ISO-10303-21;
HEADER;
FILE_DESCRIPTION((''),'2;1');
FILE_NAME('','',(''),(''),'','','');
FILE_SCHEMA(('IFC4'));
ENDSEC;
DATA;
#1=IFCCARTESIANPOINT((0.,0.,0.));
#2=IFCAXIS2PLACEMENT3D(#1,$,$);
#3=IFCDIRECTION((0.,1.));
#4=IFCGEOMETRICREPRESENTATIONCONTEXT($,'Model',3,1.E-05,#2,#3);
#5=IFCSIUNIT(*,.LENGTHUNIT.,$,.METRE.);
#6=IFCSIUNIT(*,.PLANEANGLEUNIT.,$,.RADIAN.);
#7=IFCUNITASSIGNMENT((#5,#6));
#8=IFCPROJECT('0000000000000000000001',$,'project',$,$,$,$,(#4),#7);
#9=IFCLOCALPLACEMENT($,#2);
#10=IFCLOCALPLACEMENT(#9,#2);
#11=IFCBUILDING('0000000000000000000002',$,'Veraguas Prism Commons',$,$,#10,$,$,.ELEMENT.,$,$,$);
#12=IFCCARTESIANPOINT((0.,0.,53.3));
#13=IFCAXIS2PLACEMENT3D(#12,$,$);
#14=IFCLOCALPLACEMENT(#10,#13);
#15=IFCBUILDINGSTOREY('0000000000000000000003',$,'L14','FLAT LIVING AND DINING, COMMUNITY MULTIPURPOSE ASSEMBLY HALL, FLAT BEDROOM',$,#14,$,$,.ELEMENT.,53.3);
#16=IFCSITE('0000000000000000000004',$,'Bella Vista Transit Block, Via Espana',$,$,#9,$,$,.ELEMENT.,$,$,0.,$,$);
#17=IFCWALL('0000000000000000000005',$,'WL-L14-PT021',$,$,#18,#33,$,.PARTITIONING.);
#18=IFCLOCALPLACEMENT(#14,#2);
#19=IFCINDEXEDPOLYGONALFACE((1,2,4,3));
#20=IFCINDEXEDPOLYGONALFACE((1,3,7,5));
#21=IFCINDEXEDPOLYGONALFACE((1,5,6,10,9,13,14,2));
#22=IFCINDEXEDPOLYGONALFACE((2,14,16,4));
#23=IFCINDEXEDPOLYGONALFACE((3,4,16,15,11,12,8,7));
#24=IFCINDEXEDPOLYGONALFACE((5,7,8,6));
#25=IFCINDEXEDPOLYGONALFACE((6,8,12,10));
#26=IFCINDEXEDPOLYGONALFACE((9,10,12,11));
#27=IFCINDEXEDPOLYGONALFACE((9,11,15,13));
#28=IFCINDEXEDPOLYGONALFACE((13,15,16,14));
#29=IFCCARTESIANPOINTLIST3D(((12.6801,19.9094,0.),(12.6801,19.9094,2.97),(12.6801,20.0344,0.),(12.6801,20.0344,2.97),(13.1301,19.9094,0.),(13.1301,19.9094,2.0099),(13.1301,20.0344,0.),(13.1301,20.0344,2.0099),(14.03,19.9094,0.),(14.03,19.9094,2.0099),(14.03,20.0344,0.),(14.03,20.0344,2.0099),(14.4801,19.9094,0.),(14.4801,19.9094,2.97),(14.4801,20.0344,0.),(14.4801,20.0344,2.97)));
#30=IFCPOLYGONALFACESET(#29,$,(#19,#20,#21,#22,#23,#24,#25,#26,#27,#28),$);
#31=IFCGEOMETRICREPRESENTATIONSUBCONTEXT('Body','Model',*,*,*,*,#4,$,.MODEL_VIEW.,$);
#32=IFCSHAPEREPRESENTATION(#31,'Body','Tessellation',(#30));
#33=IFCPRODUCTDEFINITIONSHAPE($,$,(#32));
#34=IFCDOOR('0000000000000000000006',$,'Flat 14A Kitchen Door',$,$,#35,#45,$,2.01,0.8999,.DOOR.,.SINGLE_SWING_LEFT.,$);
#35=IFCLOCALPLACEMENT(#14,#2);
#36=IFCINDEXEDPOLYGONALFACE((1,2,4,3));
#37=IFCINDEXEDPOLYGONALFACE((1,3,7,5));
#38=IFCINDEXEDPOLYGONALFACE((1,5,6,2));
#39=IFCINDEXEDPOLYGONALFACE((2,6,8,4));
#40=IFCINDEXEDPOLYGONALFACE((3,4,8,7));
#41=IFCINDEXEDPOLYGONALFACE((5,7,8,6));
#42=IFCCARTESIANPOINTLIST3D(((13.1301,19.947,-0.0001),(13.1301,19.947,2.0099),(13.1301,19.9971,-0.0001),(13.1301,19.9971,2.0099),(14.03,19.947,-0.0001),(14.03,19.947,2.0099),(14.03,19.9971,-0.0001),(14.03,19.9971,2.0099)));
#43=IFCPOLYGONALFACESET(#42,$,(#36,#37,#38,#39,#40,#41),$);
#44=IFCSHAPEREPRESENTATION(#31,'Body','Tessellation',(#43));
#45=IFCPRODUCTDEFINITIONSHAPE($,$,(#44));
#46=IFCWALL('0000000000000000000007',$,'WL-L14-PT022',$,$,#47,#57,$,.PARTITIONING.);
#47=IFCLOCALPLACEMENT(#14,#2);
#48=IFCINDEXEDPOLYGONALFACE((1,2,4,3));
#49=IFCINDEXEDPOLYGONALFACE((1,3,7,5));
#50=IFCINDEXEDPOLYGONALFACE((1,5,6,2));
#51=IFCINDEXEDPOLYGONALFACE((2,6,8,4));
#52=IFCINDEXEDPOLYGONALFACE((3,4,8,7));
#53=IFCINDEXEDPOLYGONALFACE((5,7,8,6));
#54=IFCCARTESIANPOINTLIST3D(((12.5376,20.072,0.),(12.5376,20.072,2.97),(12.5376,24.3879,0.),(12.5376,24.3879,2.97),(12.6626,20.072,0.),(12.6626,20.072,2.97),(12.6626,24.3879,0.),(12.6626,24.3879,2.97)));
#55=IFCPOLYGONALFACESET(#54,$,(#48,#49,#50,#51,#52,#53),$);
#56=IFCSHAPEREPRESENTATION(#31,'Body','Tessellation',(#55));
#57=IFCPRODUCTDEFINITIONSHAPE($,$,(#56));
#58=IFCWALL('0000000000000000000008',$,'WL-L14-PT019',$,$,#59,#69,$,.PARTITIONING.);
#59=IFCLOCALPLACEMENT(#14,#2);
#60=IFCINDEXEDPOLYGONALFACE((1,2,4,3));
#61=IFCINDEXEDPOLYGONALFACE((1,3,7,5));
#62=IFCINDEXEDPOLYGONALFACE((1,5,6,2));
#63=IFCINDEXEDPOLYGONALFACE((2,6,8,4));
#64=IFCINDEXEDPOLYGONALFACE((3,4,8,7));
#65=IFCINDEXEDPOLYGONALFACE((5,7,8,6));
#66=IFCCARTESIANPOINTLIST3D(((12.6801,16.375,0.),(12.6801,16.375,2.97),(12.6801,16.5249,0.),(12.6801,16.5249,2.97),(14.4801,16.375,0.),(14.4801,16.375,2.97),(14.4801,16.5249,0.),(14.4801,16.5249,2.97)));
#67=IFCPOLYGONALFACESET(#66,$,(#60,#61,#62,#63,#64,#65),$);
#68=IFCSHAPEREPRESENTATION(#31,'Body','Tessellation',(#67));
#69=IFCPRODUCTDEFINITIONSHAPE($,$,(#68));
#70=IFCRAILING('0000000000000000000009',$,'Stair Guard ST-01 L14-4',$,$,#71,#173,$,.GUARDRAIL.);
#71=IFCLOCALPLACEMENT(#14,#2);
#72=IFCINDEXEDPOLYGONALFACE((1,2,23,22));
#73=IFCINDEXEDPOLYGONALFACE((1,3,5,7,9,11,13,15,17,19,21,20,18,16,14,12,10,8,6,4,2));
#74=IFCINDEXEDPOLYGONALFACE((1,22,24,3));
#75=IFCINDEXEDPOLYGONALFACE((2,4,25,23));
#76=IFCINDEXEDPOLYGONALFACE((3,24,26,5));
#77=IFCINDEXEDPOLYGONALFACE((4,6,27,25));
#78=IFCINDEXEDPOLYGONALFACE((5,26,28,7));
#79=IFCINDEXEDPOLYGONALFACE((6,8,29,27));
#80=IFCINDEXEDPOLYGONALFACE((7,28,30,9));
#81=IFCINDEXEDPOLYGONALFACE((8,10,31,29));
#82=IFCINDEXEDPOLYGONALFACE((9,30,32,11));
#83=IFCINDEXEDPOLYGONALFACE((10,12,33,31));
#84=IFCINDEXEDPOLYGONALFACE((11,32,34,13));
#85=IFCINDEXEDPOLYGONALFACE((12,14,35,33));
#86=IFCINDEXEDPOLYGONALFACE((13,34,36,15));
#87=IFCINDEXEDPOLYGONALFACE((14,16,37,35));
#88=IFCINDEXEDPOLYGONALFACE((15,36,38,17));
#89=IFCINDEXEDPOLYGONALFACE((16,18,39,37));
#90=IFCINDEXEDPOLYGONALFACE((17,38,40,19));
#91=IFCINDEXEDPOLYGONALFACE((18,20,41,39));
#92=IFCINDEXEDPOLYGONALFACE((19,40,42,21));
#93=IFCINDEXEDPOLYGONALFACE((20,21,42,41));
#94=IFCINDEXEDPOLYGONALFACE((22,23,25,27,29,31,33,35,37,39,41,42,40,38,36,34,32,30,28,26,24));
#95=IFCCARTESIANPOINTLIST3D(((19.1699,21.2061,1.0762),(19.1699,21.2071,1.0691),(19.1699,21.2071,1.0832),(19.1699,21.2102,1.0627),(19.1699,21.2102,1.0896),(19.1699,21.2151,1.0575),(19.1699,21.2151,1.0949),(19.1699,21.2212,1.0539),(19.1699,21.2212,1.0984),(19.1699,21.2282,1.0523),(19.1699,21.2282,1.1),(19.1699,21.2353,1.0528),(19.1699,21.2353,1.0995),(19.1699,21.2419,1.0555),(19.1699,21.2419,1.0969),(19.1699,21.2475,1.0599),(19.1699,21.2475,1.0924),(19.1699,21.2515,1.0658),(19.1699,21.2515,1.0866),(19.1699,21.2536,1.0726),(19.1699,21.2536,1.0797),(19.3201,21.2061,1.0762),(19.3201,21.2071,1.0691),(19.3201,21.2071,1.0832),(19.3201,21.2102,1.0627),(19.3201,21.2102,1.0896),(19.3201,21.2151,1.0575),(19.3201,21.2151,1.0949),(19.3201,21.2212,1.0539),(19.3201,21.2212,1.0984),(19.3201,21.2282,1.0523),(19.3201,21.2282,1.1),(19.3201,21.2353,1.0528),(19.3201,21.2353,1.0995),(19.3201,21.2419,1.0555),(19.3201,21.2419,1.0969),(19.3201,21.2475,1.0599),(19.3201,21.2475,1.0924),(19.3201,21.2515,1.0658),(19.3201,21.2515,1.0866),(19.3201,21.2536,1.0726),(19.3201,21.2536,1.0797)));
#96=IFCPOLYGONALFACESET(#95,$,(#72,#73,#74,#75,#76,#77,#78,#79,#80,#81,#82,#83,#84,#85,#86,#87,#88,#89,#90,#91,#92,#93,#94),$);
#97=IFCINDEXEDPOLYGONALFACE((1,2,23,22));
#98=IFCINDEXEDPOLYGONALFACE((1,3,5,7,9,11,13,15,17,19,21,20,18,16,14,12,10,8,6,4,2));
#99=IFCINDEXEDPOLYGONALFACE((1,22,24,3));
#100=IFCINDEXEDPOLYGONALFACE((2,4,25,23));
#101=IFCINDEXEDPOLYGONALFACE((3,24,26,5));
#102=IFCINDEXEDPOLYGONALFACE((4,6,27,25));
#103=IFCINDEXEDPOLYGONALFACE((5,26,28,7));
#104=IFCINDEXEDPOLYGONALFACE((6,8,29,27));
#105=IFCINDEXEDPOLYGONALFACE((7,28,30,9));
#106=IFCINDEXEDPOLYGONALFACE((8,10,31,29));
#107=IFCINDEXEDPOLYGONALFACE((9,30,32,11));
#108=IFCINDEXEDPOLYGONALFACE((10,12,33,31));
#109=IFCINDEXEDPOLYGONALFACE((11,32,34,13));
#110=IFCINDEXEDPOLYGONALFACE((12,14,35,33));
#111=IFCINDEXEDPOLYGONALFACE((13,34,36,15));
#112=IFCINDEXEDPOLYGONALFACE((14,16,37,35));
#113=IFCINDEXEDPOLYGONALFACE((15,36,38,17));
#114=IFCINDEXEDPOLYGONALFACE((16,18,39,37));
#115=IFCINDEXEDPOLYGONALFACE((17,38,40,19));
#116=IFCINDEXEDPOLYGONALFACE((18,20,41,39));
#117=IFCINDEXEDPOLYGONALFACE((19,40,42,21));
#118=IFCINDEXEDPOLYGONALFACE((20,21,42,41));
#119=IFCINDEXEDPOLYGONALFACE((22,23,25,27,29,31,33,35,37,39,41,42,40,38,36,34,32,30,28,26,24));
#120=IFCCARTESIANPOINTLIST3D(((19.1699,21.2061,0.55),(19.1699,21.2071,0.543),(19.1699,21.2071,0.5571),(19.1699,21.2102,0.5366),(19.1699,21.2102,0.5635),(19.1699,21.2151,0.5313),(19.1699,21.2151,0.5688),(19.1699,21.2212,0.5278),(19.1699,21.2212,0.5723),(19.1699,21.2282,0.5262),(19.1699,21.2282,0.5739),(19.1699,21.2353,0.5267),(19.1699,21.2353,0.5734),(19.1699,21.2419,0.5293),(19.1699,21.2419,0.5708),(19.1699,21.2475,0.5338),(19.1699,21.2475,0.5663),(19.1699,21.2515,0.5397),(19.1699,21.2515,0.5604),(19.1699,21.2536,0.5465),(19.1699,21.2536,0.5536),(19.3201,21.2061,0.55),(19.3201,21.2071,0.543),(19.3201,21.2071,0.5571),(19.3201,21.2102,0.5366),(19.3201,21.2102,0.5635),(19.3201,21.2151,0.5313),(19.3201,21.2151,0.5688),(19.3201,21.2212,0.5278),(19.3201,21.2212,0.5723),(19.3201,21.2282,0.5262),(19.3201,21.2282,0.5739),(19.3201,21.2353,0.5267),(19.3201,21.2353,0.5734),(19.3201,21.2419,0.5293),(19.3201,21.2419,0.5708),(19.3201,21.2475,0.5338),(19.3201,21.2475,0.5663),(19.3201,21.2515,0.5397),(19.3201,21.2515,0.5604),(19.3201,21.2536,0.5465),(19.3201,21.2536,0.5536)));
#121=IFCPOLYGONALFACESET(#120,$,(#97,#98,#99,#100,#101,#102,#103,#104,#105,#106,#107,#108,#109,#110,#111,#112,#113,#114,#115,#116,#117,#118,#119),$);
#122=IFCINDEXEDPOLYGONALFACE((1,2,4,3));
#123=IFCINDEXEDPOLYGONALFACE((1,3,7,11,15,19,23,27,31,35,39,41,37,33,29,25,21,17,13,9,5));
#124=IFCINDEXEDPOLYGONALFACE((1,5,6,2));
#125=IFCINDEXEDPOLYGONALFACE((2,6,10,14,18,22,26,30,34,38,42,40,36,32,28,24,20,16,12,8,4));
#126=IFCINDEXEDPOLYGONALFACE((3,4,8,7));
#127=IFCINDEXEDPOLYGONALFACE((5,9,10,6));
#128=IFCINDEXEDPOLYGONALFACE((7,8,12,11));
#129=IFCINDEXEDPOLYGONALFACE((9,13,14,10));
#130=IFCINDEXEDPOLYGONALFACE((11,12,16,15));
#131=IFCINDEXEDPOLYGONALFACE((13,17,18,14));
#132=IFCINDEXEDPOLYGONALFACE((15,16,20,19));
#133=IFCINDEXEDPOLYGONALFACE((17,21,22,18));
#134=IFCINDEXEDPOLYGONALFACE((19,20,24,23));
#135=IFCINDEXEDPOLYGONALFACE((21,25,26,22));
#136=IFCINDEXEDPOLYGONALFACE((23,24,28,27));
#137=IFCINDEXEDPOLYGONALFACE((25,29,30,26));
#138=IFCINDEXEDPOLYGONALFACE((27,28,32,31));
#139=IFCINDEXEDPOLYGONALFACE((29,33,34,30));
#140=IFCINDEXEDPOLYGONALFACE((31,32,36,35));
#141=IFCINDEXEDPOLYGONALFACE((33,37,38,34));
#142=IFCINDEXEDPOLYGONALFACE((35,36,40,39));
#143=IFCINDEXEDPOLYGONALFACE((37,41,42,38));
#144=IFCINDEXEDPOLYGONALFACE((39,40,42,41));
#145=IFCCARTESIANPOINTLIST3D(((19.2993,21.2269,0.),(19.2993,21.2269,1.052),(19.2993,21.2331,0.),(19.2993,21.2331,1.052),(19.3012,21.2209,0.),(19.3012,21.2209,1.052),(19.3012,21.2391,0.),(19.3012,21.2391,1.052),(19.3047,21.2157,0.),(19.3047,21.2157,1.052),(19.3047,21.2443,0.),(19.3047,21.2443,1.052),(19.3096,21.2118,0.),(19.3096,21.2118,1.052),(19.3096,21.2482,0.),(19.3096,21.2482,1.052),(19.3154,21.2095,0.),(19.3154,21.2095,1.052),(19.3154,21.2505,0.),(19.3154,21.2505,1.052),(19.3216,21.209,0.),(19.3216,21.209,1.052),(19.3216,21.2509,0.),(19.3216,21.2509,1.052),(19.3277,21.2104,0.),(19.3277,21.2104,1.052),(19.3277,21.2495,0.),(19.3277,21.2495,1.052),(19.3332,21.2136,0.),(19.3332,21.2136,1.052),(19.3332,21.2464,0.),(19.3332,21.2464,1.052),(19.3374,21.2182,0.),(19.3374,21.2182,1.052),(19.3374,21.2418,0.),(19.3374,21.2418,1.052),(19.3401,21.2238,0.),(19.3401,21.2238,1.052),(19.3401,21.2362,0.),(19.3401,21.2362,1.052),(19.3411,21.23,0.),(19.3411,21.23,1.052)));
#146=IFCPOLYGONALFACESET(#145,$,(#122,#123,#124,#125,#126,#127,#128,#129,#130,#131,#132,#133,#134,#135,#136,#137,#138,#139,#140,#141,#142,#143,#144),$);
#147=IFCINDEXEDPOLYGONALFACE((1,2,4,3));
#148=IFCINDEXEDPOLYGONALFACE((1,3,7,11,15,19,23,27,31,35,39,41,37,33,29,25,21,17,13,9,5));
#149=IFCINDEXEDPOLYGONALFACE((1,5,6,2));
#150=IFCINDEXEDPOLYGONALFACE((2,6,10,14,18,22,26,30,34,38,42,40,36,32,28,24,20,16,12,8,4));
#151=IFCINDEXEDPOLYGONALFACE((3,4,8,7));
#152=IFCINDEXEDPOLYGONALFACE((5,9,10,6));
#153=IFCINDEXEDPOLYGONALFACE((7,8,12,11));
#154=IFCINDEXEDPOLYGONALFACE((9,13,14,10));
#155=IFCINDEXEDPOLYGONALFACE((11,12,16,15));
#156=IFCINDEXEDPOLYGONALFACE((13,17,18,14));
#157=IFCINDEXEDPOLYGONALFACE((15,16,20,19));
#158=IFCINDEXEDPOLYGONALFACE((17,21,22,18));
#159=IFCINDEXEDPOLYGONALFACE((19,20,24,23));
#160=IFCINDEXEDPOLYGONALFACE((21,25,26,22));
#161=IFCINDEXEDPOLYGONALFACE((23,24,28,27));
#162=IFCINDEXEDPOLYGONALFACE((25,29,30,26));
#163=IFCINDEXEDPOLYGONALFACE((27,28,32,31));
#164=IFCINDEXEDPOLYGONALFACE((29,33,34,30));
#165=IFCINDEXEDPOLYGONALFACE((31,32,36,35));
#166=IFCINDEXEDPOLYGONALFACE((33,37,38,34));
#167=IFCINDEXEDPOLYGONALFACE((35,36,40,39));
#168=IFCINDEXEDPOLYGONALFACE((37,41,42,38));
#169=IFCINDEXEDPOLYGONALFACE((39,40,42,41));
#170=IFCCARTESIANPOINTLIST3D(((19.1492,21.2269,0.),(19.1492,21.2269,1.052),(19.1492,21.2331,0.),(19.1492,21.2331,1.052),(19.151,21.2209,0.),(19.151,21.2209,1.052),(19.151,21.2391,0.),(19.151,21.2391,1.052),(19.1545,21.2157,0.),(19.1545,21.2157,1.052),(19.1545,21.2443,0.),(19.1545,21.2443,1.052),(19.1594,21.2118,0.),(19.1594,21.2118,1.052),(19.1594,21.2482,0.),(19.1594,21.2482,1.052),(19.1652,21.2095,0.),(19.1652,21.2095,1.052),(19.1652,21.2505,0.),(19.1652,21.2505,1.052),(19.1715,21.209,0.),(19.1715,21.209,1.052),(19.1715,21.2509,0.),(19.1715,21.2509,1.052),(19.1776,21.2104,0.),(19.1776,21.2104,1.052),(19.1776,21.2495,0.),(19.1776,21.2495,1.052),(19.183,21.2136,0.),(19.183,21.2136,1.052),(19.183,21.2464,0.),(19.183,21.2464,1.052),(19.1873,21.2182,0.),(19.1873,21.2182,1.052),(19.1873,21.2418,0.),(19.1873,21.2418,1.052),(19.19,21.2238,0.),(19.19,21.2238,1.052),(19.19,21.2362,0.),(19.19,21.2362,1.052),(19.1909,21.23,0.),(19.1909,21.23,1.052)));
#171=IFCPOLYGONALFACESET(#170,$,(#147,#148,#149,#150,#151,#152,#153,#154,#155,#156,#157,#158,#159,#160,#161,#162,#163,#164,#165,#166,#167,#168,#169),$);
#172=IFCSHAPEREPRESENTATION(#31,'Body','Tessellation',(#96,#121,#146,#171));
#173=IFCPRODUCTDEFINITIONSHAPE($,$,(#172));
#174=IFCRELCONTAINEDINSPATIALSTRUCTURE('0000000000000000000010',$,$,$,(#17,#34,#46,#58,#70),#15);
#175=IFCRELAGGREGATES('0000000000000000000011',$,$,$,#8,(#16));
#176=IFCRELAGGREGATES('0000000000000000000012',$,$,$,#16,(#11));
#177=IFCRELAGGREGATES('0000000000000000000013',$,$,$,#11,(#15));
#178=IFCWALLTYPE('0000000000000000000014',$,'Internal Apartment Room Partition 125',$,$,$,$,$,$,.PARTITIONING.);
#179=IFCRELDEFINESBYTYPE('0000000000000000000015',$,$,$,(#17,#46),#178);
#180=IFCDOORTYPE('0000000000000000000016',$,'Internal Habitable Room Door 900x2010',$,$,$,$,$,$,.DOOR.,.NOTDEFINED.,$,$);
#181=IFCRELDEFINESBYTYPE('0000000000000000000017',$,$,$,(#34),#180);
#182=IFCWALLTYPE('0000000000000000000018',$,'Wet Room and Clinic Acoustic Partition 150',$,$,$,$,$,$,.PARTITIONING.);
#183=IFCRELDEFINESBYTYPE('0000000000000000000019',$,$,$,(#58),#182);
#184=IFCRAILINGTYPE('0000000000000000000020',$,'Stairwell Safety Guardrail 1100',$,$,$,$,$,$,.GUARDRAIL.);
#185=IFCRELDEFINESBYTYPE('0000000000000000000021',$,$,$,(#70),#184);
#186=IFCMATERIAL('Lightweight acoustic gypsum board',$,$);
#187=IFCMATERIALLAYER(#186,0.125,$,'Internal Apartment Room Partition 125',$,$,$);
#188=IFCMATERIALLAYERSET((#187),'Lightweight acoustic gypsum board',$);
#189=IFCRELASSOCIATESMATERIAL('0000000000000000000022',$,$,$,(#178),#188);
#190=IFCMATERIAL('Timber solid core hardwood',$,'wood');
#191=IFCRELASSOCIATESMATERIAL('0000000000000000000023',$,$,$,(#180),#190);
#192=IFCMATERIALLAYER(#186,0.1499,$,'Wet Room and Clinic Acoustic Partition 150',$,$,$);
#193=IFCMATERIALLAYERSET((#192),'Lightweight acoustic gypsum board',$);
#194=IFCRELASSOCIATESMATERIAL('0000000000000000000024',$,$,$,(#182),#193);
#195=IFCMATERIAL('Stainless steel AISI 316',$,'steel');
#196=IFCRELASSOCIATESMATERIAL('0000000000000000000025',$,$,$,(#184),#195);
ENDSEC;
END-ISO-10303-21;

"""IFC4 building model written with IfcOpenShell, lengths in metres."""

from ifc_helpers import new_model, si_unit, direction, frame, frame_2d, origin, origin_2d, place, context, subcontext, project, spatial, rectangle, circle, extrude, source, transform, mapped, material, layer, layer_set, type_object, element, fill, save


model = new_model("IFC4")

# Units and contexts
model_context = context("Model", 3, precision=1e-05, world=origin(), true_north=direction((0.0, 1.0)))
body_context = subcontext(model_context, "Body", "Model", "MODEL_VIEW")
ifc_project = project(units=[si_unit("LENGTHUNIT", "METRE"), si_unit("PLANEANGLEUNIT", "RADIAN")], contexts=[model_context])

# Site, building, storey
site_placement = place(None, origin())
site = spatial("IfcSite", under=ifc_project, at=site_placement, Name="Bella Vista Transit Block, Via Espana", CompositionType="ELEMENT", RefElevation=0.0)
building_placement = place(site_placement, origin())
building = spatial("IfcBuilding", under=site, at=building_placement, Name="Veraguas Prism Commons", CompositionType="ELEMENT")
storey_placement = place(building_placement, frame((0.0, 0.0, 53.3)))
storey = spatial("IfcBuildingStorey", under=building, at=storey_placement, Name="L14", Description="FLAT LIVING AND DINING, COMMUNITY MULTIPURPOSE ASSEMBLY HALL, FLAT BEDROOM", CompositionType="ELEMENT", Elevation=53.3)

# Wall, opening, door
shared_shape_1 = source(origin(), body_context, "Body", "SweptSolid", [
    extrude(rectangle(XDim=0.8999, YDim=2.01, at=frame_2d((0.45, 1.0049))), frame((0.0, 0.0249, 0.0), z_axis=(0.0, -1.0, 0.0), x_axis=(1.0, 0.0, 0.0)), (0.0, 0.0, 1.0), 0.05),
])
ifc_material_1 = material(Name="Lightweight acoustic gypsum board")
ifc_layer_1 = layer(ifc_material_1, 0.125, Name="Internal Apartment Room Partition 125")
ifc_layer_set_1 = layer_set([ifc_layer_1], Name="Lightweight acoustic gypsum board")
wall_type_1 = type_object("IfcWallType", Name="Internal Apartment Room Partition 125", PredefinedType="PARTITIONING", material=ifc_layer_set_1)
wall_1_placement = place(storey_placement, frame((14.48, 19.9719, 0.0), z_axis=(0.0, 0.0, 1.0), x_axis=(-1.0, 0.0, 0.0)))
wall_1 = element("IfcWall", 1, at=wall_1_placement, inside=storey, type_object=wall_type_1, Name="WL-L14-PT021", PredefinedType="PARTITIONING", context=body_context, shape_type="SweptSolid", body=[
    extrude(rectangle(XDim=1.8, YDim=0.125, at=frame_2d((0.8999, 0.0))), origin(), (0.0, 0.0, 1.0), 2.97),
])
opening_1_placement = place(wall_1_placement, frame((0.45, 0.0, 0.0)))
opening_1 = element("IfcOpeningElement", 2, at=opening_1_placement, cuts=wall_1, PredefinedType="OPENING", context=body_context, shape_type="SweptSolid", body=[
    extrude(rectangle(XDim=0.8999, YDim=2.01, at=frame_2d((0.45, 1.0049))), frame((0.0, 0.0725, 0.0), z_axis=(0.0, -1.0, 0.0), x_axis=(1.0, 0.0, 0.0)), (0.0, 0.0, 1.0), 0.145),
])
ifc_material_2 = material(Name="Timber solid core hardwood", Category="wood")
door_type_1 = type_object("IfcDoorType", Name="Internal Habitable Room Door 900x2010", OperationType="NOTDEFINED", PredefinedType="DOOR", material=ifc_material_2)
door_1_placement = place(opening_1_placement, origin())
door_1 = element("IfcDoor", 3, at=door_1_placement, inside=storey, type_object=door_type_1, Name="Flat 14A Kitchen Door", OperationType="SINGLE_SWING_LEFT", OverallHeight=2.01, OverallWidth=0.8999, PredefinedType="DOOR", context=body_context, shape_type="MappedRepresentation", body=[
    mapped(shared_shape_1, transform((0.0, 0.0, 0.0), scale=1.0)),
])
fill(opening_1, door_1)

# Walls
wall_2_placement = place(storey_placement, frame((12.6001, 20.072, 0.0), z_axis=(0.0, 0.0, 1.0), x_axis=(0.0, 1.0, 0.0)))
element("IfcWall", 4, at=wall_2_placement, inside=storey, type_object=wall_type_1, Name="WL-L14-PT022", PredefinedType="PARTITIONING", context=body_context, shape_type="SweptSolid", body=[
    extrude(rectangle(XDim=4.3159, YDim=0.125, at=frame_2d((2.158, 0.0))), origin(), (0.0, 0.0, 1.0), 2.97),
])
ifc_layer_2 = layer(ifc_material_1, 0.1499, Name="Wet Room and Clinic Acoustic Partition 150")
ifc_layer_set_2 = layer_set([ifc_layer_2], Name="Lightweight acoustic gypsum board")
wall_type_2 = type_object("IfcWallType", Name="Wet Room and Clinic Acoustic Partition 150", PredefinedType="PARTITIONING", material=ifc_layer_set_2)
wall_3_placement = place(storey_placement, frame((14.48, 16.45, 0.0), z_axis=(0.0, 0.0, 1.0), x_axis=(-1.0, 0.0, 0.0)))
element("IfcWall", 5, at=wall_3_placement, inside=storey, type_object=wall_type_2, Name="WL-L14-PT019", PredefinedType="PARTITIONING", context=body_context, shape_type="SweptSolid", body=[
    extrude(rectangle(XDim=1.8, YDim=0.1499, at=frame_2d((0.8999, 0.0))), origin(), (0.0, 0.0, 1.0), 2.97),
])

# Railing
ifc_material_3 = material(Name="Stainless steel AISI 316", Category="steel")
railing_type = type_object("IfcRailingType", Name="Stairwell Safety Guardrail 1100", PredefinedType="GUARDRAIL", material=ifc_material_3)
railing_placement = place(storey_placement, frame((19.3201, 21.23, 0.0)))
element("IfcRailing", 6, at=railing_placement, inside=storey, type_object=railing_type, Name="Stair Guard ST-01 L14-4", PredefinedType="GUARDRAIL", context=body_context, shape_type="SweptSolid", body=[
    extrude(circle(Radius=0.0239, at=origin_2d()), frame((0.0, 0.0, 1.0762), z_axis=(-1.0, 0.0, 0.0), x_axis=(0.0, -1.0, 0.0)), (0.0, 0.0, 1.0), 0.1501),
    extrude(circle(Radius=0.0239, at=origin_2d()), frame((0.0, 0.0, 0.55), z_axis=(-1.0, 0.0, 0.0), x_axis=(0.0, -1.0, 0.0)), (0.0, 0.0, 1.0), 0.1501),
    extrude(circle(Radius=0.021, at=origin_2d()), origin(), (0.0, 0.0, 1.0), 1.052),
    extrude(circle(Radius=0.021, at=origin_2d()), frame((-0.1501, 0.0, 0.0)), (0.0, 0.0, 1.0), 1.052),
])

save(model, "model.ifc")
